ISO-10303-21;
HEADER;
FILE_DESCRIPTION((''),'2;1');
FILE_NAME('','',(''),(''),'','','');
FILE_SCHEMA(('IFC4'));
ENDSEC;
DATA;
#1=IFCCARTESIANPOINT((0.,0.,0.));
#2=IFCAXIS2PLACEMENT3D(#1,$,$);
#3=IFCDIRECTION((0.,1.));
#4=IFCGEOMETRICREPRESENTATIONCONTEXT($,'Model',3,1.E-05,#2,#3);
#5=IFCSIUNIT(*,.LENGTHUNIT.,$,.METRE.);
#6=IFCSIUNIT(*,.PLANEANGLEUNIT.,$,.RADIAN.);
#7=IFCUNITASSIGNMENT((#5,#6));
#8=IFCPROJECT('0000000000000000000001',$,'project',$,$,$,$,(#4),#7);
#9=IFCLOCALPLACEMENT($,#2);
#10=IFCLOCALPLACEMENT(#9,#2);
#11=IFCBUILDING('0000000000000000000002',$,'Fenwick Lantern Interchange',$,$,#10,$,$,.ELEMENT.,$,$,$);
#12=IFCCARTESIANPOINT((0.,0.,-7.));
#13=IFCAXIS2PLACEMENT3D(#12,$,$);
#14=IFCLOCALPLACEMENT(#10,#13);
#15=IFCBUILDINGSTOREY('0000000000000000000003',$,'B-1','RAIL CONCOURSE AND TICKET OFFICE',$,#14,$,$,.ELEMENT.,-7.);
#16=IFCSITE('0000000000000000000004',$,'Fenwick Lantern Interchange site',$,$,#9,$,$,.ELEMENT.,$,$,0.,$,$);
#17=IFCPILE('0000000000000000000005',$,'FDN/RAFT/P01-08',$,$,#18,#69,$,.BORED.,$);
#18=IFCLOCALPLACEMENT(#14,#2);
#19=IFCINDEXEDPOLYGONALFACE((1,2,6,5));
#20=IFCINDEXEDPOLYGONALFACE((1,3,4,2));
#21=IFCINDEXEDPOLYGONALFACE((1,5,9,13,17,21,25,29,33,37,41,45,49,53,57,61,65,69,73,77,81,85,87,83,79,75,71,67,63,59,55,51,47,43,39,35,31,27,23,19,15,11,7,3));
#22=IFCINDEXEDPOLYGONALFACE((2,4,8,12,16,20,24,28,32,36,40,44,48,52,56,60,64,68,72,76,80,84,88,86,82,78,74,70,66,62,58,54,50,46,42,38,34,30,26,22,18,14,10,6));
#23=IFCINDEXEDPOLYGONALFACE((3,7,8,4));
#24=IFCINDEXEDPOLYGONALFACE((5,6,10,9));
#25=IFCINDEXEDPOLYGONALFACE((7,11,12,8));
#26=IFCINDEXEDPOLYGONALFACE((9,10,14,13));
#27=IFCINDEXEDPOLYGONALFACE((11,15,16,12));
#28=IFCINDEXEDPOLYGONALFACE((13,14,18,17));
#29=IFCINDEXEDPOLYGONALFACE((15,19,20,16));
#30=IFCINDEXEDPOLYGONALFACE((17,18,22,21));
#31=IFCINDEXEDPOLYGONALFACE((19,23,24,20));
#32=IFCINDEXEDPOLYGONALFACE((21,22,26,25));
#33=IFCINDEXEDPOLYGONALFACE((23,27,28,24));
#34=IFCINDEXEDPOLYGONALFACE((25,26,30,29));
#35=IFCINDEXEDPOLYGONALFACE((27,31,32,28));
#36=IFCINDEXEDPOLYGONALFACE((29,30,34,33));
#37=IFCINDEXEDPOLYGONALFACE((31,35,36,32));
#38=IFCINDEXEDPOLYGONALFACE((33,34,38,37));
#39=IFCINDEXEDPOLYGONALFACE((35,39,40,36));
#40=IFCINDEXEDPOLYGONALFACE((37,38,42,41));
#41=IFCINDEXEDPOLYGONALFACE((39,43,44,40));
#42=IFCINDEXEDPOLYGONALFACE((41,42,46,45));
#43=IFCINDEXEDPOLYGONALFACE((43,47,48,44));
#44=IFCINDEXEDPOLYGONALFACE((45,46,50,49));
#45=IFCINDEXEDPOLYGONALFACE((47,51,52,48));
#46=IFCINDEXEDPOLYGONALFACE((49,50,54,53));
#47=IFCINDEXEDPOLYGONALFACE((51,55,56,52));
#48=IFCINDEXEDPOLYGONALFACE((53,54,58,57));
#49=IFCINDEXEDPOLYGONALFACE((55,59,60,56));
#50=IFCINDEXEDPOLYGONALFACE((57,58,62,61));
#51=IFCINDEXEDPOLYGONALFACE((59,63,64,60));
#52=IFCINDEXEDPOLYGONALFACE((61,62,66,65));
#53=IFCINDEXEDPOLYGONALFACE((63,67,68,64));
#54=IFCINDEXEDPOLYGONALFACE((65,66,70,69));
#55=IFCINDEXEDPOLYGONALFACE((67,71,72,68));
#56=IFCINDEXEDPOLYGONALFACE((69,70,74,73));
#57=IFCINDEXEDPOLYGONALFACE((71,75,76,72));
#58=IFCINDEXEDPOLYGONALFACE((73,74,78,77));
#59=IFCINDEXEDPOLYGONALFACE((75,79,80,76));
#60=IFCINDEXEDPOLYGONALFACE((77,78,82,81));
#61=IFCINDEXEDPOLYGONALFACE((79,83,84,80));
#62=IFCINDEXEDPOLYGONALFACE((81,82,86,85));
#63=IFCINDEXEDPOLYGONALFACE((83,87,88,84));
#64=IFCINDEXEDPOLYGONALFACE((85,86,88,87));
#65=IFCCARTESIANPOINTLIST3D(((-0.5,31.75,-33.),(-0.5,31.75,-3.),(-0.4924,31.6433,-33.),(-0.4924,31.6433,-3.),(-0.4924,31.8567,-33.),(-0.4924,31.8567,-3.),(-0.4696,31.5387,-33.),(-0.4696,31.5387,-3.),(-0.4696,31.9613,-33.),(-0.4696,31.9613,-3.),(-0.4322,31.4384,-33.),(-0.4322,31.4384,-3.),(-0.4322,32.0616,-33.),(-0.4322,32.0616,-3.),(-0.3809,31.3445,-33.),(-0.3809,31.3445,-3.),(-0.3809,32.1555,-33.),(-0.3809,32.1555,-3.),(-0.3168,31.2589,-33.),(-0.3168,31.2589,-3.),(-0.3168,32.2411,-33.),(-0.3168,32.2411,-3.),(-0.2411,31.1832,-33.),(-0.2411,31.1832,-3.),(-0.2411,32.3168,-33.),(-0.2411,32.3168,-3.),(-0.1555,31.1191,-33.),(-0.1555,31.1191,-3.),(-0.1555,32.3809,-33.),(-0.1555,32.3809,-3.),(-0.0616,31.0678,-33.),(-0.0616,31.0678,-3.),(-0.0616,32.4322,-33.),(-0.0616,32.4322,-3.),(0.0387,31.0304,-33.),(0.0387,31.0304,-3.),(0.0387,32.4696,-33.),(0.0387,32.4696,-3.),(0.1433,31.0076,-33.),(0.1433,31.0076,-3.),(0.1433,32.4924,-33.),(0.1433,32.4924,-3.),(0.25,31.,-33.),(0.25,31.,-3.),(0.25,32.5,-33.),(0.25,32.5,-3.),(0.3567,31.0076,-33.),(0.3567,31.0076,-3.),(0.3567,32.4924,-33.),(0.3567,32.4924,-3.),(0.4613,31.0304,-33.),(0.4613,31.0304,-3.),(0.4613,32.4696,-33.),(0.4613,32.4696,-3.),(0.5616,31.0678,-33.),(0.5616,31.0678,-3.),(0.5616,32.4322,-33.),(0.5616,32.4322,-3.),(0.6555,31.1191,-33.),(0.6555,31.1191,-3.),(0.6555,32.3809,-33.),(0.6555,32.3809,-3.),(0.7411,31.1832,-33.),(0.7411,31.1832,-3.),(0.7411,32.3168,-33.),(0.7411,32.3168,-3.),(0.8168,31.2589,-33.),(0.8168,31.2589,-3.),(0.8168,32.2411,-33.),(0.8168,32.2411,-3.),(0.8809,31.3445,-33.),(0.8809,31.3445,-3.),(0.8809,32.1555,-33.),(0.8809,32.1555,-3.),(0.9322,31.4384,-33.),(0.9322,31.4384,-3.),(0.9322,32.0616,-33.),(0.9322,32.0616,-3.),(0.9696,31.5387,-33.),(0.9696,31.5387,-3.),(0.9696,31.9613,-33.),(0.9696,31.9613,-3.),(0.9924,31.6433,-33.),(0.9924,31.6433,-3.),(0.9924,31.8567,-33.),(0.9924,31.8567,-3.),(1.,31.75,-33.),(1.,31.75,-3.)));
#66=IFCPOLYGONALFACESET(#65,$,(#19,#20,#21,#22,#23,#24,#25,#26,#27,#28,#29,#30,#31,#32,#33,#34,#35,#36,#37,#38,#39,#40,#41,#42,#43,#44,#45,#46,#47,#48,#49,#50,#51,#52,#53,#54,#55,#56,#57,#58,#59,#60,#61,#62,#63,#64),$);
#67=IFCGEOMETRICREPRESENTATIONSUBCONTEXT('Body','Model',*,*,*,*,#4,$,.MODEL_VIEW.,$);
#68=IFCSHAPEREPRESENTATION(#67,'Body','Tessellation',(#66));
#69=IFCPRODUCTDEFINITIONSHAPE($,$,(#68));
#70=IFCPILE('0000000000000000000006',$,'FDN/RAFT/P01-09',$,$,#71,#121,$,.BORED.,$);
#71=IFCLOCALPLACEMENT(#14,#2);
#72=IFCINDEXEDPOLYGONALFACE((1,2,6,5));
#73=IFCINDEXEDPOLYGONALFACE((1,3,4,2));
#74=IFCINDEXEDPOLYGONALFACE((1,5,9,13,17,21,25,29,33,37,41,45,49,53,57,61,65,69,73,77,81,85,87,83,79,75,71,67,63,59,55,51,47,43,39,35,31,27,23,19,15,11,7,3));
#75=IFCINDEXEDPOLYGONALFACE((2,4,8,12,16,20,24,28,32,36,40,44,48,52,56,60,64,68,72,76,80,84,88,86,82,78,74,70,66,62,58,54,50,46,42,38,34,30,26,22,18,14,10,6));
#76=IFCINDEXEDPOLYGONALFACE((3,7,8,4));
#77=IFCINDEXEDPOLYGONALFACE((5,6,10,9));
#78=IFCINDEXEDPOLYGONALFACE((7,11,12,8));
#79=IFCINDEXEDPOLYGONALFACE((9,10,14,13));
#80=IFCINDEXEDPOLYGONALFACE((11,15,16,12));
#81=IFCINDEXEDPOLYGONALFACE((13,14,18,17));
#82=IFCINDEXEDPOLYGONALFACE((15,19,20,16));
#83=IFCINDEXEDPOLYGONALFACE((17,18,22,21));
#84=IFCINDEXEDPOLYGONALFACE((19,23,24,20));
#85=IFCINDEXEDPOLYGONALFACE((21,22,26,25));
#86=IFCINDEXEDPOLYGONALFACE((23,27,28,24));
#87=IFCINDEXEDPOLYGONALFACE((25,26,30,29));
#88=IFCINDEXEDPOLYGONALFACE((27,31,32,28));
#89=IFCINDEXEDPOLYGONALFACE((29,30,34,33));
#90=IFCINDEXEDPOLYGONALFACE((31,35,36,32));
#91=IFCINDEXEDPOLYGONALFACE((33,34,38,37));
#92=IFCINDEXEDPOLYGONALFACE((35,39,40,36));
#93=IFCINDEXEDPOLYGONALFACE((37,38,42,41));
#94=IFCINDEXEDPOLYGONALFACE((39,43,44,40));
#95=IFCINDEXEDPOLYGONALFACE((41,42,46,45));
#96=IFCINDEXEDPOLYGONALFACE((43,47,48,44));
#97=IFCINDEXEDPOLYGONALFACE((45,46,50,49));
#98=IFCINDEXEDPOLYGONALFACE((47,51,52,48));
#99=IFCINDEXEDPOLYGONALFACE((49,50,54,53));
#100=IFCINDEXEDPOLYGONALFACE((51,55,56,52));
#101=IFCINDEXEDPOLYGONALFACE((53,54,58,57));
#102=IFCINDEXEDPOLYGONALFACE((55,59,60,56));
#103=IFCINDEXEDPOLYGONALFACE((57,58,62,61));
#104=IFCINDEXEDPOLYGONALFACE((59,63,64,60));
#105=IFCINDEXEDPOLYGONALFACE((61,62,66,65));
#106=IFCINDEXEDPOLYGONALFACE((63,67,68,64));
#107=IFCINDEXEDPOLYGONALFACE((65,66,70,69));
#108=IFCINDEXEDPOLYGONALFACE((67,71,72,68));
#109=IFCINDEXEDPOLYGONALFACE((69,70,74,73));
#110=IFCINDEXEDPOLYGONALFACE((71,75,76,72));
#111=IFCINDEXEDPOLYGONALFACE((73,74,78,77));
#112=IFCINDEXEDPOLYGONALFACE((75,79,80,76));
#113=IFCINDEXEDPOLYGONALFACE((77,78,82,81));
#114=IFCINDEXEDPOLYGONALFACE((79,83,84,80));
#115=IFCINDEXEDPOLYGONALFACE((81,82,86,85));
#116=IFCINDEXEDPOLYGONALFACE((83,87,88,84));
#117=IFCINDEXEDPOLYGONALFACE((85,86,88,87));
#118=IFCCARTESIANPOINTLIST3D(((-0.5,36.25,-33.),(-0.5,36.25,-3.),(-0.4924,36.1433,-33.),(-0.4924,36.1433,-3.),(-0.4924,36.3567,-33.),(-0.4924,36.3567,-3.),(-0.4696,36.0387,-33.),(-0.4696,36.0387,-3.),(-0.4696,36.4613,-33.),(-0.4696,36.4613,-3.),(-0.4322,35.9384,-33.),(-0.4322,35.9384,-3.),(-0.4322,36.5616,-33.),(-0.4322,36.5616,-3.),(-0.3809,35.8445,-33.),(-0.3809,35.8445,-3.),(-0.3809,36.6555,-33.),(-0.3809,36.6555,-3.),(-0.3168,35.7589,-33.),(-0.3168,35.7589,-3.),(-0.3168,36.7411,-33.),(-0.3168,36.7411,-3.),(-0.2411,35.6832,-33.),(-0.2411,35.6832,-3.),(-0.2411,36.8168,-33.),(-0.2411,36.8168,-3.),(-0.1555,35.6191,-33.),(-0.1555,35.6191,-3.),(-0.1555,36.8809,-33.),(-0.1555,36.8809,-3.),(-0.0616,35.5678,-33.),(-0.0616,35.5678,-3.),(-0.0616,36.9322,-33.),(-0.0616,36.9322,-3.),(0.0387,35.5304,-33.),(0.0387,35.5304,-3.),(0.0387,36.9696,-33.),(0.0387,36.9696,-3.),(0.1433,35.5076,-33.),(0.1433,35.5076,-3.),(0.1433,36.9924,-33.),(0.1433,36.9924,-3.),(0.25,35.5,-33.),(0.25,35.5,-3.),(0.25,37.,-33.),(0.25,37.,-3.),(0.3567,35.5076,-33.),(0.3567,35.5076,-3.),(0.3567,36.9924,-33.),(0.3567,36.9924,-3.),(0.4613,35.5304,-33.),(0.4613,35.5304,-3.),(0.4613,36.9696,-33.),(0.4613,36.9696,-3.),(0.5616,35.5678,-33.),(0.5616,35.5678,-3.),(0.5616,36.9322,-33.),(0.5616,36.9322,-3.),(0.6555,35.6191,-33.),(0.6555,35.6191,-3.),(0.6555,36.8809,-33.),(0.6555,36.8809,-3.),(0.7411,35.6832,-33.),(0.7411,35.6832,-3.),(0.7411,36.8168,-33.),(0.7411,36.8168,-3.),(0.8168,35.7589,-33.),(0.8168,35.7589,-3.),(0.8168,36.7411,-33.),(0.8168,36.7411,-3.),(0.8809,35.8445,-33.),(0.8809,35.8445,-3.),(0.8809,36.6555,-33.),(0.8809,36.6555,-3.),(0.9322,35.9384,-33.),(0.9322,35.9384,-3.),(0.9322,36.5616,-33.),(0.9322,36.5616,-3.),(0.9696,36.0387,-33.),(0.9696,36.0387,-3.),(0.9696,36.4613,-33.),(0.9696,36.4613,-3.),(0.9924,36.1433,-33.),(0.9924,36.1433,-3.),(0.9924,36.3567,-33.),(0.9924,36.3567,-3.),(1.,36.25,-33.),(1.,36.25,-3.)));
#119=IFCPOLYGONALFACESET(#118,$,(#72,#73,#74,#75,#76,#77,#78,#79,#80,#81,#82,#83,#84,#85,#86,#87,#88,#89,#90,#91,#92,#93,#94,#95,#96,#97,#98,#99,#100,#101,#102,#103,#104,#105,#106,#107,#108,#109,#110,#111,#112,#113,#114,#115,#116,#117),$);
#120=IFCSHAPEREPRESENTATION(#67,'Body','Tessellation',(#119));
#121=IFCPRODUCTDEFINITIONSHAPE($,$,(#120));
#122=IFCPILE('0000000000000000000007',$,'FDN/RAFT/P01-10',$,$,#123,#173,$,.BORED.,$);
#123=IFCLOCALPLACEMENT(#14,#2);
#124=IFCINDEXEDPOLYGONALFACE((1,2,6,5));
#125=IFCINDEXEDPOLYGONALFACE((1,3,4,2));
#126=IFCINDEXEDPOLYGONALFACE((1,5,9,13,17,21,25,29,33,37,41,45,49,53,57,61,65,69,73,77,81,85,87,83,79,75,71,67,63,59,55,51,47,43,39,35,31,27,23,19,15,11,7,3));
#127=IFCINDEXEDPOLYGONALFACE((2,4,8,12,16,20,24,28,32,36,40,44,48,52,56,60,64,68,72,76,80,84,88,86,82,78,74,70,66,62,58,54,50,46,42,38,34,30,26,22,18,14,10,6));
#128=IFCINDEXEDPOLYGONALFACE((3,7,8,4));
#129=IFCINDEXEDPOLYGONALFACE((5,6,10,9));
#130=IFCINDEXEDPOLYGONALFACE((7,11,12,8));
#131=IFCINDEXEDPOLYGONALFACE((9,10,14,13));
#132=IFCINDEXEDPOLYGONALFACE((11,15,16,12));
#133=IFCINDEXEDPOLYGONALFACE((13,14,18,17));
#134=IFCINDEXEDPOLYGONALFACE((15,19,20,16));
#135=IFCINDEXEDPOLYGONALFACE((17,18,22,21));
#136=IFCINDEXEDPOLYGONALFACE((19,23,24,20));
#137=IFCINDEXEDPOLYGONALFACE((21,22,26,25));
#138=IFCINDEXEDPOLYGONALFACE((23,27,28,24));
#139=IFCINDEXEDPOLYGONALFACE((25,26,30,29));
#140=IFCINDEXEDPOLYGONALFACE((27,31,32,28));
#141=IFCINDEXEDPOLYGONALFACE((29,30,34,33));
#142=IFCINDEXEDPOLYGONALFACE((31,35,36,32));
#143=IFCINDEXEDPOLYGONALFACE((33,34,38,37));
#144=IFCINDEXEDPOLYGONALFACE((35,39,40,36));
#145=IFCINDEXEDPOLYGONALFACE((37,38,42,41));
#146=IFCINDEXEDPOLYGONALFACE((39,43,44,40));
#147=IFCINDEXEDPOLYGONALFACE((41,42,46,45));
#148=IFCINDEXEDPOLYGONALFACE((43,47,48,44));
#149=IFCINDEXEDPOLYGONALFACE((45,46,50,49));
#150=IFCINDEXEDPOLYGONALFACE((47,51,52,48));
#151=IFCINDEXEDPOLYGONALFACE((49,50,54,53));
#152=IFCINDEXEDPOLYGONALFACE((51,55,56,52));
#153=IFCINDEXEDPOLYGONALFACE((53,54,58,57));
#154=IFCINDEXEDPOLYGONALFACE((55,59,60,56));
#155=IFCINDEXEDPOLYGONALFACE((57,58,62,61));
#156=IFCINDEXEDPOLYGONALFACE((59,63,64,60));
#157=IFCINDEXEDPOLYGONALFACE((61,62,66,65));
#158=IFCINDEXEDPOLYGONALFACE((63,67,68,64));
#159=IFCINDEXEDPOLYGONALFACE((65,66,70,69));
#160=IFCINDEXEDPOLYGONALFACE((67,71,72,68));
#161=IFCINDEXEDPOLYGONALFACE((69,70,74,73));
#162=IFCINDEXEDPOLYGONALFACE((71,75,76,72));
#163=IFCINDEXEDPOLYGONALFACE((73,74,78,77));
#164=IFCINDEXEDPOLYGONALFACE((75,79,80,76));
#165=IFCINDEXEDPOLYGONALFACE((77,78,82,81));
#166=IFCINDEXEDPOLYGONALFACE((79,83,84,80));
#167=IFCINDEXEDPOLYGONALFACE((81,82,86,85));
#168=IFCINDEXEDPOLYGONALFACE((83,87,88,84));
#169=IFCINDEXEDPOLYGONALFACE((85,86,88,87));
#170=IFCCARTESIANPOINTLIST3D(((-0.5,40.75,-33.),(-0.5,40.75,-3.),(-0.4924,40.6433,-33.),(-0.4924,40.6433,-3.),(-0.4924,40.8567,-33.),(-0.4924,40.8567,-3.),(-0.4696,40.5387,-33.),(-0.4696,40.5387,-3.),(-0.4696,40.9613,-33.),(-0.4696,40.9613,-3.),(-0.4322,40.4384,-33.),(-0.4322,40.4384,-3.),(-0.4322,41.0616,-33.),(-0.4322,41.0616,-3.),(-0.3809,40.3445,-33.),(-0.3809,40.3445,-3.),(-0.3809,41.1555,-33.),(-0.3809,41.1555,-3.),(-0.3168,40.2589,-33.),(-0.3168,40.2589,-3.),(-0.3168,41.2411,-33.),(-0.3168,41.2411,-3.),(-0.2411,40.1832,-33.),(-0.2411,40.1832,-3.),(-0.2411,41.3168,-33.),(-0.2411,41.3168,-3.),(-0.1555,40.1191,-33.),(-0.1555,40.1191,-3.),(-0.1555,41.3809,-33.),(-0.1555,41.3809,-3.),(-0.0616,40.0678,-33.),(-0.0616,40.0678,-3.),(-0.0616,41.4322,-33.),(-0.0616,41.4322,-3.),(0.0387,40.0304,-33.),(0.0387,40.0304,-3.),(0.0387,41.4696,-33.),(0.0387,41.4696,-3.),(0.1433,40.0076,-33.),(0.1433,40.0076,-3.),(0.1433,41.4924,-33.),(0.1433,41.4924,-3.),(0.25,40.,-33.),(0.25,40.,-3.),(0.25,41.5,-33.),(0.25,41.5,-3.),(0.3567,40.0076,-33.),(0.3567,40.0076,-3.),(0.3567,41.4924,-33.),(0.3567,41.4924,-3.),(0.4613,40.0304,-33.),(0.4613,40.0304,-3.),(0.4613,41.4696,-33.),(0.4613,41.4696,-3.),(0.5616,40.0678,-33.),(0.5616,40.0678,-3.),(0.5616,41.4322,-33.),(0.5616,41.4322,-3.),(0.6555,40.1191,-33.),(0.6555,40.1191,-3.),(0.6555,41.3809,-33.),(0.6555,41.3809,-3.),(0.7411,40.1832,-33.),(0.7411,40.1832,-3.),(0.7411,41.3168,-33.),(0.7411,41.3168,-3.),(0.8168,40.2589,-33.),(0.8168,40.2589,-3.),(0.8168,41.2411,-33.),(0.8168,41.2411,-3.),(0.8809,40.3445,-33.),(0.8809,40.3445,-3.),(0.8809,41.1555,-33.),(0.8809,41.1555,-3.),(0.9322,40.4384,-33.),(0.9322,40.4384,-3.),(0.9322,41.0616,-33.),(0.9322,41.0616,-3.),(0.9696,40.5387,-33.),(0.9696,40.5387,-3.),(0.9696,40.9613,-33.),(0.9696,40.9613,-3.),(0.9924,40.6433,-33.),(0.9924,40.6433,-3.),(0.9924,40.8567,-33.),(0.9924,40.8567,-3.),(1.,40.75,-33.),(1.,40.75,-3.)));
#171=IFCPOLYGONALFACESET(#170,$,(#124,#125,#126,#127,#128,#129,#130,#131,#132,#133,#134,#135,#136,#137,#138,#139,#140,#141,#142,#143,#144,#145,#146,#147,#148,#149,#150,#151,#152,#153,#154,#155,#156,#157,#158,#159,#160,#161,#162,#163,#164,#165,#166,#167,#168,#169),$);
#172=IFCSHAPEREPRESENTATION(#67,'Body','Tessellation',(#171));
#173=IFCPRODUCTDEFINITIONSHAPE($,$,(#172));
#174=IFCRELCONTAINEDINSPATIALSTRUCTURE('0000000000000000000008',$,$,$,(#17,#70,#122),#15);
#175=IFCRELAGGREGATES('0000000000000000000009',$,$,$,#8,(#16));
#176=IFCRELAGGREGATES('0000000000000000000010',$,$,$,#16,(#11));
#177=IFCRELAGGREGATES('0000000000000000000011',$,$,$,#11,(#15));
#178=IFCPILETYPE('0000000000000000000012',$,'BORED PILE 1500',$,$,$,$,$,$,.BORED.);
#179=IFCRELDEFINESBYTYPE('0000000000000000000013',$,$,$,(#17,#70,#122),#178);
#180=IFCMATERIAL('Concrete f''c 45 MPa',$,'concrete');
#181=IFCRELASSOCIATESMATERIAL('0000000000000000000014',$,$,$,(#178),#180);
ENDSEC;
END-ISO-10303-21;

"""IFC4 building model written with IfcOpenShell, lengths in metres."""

from ifc_helpers import new_model, si_unit, direction, frame, origin, origin_2d, place, context, subcontext, project, spatial, circle, extrude, material, type_object, element, save


model = new_model("IFC4")

# Units and contexts
model_context = context("Model", 3, precision=1e-05, world=origin(), true_north=direction((0.0, 1.0)))
body_context = subcontext(model_context, "Body", "Model", "MODEL_VIEW")
ifc_project = project(units=[si_unit("LENGTHUNIT", "METRE"), si_unit("PLANEANGLEUNIT", "RADIAN")], contexts=[model_context])

# Site, building, storey
site_placement = place(None, origin())
site = spatial("IfcSite", under=ifc_project, at=site_placement, Name="Fenwick Lantern Interchange site", CompositionType="ELEMENT", RefElevation=0.0)
building_placement = place(site_placement, origin())
building = spatial("IfcBuilding", under=site, at=building_placement, Name="Fenwick Lantern Interchange", CompositionType="ELEMENT")
storey_placement = place(building_placement, frame((0.0, 0.0, -7.0)))
storey = spatial("IfcBuildingStorey", under=building, at=storey_placement, Name="B-1", Description="RAIL CONCOURSE AND TICKET OFFICE", CompositionType="ELEMENT", Elevation=-7.0)

# Piles
ifc_material_1 = material(Name="Concrete f'c 45 MPa", Category="concrete")
pile_type_1 = type_object("IfcPileType", Name="BORED PILE 1500", PredefinedType="BORED", material=ifc_material_1)
for number, where, z_axis, x_axis, name in (
    (1, (0.25, 31.75, -3.0), (0.0, 0.0, -1.0), (1.0, 0.0, 0.0), "FDN/RAFT/P01-08"),
    (2, (0.25, 36.25, -3.0), (0.0, 0.0, -1.0), (1.0, 0.0, 0.0), "FDN/RAFT/P01-09"),
    (3, (0.25, 40.75, -3.0), (0.0, 0.0, -1.0), (1.0, 0.0, 0.0), "FDN/RAFT/P01-10"),
):
    element("IfcPile", number, at=place(storey_placement, frame(where, z_axis=z_axis, x_axis=x_axis)), inside=storey, type_object=pile_type_1, Name=name, PredefinedType="BORED", context=body_context, shape_type="SweptSolid", body=[
        extrude(circle(Radius=0.75, at=origin_2d()), origin(), (0.0, 0.0, 1.0), 30.0),
    ])

save(model, "model.ifc")
